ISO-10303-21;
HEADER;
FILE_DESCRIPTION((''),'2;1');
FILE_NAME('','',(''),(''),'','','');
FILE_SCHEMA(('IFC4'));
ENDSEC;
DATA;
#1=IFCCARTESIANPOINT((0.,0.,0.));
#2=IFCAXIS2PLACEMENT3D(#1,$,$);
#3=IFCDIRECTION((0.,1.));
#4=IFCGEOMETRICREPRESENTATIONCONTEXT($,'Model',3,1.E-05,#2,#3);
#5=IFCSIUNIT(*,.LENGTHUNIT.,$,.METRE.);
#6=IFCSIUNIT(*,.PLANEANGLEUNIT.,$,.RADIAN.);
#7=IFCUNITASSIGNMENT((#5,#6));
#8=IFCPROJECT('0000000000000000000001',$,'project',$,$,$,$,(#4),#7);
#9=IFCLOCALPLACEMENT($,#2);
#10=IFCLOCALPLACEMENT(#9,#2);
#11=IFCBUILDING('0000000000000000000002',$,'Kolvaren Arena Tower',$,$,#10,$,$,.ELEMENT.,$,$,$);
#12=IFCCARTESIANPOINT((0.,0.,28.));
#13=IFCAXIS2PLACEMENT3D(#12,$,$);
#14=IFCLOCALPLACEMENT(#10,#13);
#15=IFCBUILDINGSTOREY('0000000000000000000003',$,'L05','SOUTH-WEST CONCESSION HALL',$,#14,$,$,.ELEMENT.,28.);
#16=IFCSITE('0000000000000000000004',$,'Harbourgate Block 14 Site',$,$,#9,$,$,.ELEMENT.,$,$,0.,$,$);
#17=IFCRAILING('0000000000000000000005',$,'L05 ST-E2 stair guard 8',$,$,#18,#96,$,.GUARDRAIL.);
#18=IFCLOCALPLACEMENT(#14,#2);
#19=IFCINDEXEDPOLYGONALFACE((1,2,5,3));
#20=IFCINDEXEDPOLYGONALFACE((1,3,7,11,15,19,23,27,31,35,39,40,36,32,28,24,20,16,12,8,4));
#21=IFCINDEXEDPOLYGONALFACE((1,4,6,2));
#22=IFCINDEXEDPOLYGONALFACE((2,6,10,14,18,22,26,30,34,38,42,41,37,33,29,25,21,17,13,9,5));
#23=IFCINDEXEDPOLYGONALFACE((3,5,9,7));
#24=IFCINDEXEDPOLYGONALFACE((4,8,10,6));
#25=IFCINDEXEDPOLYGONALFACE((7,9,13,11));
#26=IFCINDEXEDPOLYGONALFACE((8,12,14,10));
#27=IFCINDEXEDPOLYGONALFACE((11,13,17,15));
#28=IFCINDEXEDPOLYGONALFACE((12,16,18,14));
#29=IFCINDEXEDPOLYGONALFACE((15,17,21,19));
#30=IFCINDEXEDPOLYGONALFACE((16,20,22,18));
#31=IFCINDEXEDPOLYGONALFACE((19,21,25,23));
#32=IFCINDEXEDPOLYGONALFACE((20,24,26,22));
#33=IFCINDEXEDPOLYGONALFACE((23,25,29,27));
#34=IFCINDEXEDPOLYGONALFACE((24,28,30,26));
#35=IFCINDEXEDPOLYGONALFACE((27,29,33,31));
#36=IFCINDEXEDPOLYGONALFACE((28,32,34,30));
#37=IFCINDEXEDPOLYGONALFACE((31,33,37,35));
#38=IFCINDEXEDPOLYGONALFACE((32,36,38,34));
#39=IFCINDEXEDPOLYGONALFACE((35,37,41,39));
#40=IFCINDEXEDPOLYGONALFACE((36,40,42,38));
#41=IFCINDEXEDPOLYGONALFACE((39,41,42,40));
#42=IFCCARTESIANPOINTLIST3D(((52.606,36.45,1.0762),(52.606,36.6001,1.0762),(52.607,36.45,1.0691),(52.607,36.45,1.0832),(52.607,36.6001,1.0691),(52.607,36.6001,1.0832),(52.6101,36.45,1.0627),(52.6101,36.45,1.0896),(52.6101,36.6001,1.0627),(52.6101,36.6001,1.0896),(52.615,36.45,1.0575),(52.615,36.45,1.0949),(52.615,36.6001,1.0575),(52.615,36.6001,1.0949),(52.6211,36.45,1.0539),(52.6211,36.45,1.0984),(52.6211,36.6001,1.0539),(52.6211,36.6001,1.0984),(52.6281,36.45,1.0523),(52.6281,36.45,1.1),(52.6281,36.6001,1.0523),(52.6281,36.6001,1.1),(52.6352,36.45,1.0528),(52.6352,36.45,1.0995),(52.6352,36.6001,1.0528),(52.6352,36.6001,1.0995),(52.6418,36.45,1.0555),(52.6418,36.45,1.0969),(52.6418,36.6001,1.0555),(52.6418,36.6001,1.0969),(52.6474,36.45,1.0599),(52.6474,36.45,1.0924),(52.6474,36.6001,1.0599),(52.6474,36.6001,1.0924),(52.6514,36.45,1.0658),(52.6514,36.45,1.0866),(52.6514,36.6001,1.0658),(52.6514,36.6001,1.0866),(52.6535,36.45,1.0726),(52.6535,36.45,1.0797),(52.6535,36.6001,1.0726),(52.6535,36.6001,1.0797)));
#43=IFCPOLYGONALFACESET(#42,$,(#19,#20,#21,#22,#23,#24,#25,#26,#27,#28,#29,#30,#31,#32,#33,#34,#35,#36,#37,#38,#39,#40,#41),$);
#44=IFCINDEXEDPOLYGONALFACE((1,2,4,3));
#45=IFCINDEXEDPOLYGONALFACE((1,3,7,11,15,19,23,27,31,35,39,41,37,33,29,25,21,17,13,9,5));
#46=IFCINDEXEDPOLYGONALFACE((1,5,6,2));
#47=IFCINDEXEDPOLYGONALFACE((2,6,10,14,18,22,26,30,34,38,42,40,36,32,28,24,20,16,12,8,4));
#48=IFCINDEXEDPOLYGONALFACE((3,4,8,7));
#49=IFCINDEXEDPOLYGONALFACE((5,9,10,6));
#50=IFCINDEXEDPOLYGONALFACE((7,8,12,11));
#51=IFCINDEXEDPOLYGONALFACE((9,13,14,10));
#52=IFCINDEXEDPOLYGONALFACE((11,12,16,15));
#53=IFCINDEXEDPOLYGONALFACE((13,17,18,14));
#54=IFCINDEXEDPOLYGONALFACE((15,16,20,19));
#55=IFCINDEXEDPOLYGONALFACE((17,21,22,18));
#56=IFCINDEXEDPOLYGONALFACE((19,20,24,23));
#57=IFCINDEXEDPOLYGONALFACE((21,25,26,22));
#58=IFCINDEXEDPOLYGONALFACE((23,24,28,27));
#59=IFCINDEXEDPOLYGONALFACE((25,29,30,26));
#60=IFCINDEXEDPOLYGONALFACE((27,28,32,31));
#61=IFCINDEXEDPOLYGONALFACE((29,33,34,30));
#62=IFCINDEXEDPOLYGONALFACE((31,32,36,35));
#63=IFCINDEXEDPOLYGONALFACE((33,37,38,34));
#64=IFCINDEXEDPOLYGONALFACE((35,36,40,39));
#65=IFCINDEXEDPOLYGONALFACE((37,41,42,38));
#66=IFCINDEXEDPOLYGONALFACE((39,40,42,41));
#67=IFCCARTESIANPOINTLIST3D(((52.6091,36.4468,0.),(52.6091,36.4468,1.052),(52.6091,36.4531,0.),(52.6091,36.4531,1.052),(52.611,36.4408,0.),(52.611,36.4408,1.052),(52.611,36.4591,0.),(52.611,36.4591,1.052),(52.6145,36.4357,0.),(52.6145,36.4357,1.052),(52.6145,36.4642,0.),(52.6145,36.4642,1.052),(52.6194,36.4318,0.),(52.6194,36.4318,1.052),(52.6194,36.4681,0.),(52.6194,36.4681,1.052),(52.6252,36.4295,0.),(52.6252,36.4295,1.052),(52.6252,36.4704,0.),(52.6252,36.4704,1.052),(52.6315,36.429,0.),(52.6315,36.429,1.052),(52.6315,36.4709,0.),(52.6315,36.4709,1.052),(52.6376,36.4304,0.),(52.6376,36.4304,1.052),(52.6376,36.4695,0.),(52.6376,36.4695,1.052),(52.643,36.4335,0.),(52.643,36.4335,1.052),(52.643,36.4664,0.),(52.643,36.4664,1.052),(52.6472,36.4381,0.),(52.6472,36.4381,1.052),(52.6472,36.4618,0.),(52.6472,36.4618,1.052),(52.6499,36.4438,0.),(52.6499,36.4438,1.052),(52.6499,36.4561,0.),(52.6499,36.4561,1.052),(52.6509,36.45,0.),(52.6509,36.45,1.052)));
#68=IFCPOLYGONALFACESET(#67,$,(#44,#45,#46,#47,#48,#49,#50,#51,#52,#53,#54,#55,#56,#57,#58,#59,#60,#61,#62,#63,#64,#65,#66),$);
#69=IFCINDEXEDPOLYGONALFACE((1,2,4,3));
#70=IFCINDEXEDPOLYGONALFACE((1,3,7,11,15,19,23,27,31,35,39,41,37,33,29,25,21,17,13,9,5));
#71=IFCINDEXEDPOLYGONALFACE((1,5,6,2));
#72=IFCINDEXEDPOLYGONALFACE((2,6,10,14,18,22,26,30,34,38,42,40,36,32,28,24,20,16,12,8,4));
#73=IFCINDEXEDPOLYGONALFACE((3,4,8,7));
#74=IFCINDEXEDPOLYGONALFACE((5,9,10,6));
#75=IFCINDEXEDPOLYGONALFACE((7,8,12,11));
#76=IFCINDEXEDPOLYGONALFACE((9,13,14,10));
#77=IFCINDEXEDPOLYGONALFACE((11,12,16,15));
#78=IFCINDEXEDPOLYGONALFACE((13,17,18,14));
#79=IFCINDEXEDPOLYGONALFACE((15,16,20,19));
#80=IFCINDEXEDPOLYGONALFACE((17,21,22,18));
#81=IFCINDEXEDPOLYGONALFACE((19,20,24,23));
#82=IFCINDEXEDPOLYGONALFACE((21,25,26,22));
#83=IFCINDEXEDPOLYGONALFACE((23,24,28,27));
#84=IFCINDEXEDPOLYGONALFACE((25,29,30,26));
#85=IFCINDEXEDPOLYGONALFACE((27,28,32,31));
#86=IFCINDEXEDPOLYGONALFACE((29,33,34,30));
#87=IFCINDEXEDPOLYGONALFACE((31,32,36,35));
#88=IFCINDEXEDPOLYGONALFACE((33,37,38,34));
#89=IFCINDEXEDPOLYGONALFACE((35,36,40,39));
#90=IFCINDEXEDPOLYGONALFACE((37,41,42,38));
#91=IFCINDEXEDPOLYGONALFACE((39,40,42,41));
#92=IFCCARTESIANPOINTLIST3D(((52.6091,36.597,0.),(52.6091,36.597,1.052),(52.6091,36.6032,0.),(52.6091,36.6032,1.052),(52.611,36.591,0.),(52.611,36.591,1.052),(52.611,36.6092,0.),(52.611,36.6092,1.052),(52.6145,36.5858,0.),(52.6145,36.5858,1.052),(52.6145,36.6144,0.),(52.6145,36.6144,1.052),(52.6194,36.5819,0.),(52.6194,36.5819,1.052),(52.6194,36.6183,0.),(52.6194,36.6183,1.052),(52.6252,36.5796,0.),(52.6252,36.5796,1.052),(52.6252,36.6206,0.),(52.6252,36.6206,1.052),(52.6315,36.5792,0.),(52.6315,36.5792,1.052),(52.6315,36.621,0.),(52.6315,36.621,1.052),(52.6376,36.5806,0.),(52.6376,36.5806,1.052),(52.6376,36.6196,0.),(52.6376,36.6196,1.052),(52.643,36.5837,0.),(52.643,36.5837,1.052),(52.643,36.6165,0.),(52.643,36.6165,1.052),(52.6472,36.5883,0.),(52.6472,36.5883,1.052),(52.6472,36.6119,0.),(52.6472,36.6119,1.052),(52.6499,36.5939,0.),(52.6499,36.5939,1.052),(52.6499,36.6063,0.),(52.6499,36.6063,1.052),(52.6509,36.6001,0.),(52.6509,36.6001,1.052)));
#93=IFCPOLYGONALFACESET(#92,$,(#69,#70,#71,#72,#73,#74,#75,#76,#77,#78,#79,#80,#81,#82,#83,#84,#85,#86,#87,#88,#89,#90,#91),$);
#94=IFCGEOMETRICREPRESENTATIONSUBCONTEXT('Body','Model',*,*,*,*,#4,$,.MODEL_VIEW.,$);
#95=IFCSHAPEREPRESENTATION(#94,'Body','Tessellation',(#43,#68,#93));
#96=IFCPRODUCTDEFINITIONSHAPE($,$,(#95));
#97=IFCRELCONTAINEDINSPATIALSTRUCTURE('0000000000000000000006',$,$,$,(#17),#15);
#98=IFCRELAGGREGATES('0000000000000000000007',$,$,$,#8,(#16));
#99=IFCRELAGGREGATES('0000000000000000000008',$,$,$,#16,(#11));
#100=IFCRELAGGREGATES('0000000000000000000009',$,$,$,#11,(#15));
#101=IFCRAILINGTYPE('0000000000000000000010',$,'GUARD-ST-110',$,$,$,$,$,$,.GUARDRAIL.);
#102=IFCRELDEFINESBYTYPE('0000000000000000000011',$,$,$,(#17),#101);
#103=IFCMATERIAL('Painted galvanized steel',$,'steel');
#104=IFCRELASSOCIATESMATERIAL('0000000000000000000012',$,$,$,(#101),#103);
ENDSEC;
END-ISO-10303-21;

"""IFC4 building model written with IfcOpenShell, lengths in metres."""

from ifc_helpers import new_model, si_unit, direction, frame, origin, origin_2d, place, context, subcontext, project, spatial, circle, extrude, material, type_object, element, save


model = new_model("IFC4")

# Units and contexts
model_context = context("Model", 3, precision=1e-05, world=origin(), true_north=direction((0.0, 1.0)))
body_context = subcontext(model_context, "Body", "Model", "MODEL_VIEW")
ifc_project = project(units=[si_unit("LENGTHUNIT", "METRE"), si_unit("PLANEANGLEUNIT", "RADIAN")], contexts=[model_context])

# Site, building, storey
site_placement = place(None, origin())
site = spatial("IfcSite", under=ifc_project, at=site_placement, Name="Harbourgate Block 14 Site", CompositionType="ELEMENT", RefElevation=0.0)
building_placement = place(site_placement, origin())
building = spatial("IfcBuilding", under=site, at=building_placement, Name="Kolvaren Arena Tower", CompositionType="ELEMENT")
storey_placement = place(building_placement, frame((0.0, 0.0, 28.0)))
storey = spatial("IfcBuildingStorey", under=building, at=storey_placement, Name="L05", Description="SOUTH-WEST CONCESSION HALL", CompositionType="ELEMENT", Elevation=28.0)

# Railing
ifc_material_1 = material(Name="Painted galvanized steel", Category="steel")
railing_type_1 = type_object("IfcRailingType", Name="GUARD-ST-110", PredefinedType="GUARDRAIL", material=ifc_material_1)
railing_1_placement = place(storey_placement, frame((52.6299, 36.45, 0.0)))
element("IfcRailing", 1, at=railing_1_placement, inside=storey, type_object=railing_type_1, Name="L05 ST-E2 stair guard 8", PredefinedType="GUARDRAIL", context=body_context, shape_type="SweptSolid", body=[
    extrude(circle(Radius=0.0239, at=origin_2d()), frame((0.0, 0.0, 1.0762), z_axis=(0.0, 1.0, 0.0), x_axis=(-1.0, 0.0, 0.0)), (0.0, 0.0, 1.0), 0.1501),
    extrude(circle(Radius=0.021, at=origin_2d()), origin(), (0.0, 0.0, 1.0), 1.052),
    extrude(circle(Radius=0.021, at=origin_2d()), frame((0.0, 0.1501, 0.0)), (0.0, 0.0, 1.0), 1.052),
])

save(model, "model.ifc")
